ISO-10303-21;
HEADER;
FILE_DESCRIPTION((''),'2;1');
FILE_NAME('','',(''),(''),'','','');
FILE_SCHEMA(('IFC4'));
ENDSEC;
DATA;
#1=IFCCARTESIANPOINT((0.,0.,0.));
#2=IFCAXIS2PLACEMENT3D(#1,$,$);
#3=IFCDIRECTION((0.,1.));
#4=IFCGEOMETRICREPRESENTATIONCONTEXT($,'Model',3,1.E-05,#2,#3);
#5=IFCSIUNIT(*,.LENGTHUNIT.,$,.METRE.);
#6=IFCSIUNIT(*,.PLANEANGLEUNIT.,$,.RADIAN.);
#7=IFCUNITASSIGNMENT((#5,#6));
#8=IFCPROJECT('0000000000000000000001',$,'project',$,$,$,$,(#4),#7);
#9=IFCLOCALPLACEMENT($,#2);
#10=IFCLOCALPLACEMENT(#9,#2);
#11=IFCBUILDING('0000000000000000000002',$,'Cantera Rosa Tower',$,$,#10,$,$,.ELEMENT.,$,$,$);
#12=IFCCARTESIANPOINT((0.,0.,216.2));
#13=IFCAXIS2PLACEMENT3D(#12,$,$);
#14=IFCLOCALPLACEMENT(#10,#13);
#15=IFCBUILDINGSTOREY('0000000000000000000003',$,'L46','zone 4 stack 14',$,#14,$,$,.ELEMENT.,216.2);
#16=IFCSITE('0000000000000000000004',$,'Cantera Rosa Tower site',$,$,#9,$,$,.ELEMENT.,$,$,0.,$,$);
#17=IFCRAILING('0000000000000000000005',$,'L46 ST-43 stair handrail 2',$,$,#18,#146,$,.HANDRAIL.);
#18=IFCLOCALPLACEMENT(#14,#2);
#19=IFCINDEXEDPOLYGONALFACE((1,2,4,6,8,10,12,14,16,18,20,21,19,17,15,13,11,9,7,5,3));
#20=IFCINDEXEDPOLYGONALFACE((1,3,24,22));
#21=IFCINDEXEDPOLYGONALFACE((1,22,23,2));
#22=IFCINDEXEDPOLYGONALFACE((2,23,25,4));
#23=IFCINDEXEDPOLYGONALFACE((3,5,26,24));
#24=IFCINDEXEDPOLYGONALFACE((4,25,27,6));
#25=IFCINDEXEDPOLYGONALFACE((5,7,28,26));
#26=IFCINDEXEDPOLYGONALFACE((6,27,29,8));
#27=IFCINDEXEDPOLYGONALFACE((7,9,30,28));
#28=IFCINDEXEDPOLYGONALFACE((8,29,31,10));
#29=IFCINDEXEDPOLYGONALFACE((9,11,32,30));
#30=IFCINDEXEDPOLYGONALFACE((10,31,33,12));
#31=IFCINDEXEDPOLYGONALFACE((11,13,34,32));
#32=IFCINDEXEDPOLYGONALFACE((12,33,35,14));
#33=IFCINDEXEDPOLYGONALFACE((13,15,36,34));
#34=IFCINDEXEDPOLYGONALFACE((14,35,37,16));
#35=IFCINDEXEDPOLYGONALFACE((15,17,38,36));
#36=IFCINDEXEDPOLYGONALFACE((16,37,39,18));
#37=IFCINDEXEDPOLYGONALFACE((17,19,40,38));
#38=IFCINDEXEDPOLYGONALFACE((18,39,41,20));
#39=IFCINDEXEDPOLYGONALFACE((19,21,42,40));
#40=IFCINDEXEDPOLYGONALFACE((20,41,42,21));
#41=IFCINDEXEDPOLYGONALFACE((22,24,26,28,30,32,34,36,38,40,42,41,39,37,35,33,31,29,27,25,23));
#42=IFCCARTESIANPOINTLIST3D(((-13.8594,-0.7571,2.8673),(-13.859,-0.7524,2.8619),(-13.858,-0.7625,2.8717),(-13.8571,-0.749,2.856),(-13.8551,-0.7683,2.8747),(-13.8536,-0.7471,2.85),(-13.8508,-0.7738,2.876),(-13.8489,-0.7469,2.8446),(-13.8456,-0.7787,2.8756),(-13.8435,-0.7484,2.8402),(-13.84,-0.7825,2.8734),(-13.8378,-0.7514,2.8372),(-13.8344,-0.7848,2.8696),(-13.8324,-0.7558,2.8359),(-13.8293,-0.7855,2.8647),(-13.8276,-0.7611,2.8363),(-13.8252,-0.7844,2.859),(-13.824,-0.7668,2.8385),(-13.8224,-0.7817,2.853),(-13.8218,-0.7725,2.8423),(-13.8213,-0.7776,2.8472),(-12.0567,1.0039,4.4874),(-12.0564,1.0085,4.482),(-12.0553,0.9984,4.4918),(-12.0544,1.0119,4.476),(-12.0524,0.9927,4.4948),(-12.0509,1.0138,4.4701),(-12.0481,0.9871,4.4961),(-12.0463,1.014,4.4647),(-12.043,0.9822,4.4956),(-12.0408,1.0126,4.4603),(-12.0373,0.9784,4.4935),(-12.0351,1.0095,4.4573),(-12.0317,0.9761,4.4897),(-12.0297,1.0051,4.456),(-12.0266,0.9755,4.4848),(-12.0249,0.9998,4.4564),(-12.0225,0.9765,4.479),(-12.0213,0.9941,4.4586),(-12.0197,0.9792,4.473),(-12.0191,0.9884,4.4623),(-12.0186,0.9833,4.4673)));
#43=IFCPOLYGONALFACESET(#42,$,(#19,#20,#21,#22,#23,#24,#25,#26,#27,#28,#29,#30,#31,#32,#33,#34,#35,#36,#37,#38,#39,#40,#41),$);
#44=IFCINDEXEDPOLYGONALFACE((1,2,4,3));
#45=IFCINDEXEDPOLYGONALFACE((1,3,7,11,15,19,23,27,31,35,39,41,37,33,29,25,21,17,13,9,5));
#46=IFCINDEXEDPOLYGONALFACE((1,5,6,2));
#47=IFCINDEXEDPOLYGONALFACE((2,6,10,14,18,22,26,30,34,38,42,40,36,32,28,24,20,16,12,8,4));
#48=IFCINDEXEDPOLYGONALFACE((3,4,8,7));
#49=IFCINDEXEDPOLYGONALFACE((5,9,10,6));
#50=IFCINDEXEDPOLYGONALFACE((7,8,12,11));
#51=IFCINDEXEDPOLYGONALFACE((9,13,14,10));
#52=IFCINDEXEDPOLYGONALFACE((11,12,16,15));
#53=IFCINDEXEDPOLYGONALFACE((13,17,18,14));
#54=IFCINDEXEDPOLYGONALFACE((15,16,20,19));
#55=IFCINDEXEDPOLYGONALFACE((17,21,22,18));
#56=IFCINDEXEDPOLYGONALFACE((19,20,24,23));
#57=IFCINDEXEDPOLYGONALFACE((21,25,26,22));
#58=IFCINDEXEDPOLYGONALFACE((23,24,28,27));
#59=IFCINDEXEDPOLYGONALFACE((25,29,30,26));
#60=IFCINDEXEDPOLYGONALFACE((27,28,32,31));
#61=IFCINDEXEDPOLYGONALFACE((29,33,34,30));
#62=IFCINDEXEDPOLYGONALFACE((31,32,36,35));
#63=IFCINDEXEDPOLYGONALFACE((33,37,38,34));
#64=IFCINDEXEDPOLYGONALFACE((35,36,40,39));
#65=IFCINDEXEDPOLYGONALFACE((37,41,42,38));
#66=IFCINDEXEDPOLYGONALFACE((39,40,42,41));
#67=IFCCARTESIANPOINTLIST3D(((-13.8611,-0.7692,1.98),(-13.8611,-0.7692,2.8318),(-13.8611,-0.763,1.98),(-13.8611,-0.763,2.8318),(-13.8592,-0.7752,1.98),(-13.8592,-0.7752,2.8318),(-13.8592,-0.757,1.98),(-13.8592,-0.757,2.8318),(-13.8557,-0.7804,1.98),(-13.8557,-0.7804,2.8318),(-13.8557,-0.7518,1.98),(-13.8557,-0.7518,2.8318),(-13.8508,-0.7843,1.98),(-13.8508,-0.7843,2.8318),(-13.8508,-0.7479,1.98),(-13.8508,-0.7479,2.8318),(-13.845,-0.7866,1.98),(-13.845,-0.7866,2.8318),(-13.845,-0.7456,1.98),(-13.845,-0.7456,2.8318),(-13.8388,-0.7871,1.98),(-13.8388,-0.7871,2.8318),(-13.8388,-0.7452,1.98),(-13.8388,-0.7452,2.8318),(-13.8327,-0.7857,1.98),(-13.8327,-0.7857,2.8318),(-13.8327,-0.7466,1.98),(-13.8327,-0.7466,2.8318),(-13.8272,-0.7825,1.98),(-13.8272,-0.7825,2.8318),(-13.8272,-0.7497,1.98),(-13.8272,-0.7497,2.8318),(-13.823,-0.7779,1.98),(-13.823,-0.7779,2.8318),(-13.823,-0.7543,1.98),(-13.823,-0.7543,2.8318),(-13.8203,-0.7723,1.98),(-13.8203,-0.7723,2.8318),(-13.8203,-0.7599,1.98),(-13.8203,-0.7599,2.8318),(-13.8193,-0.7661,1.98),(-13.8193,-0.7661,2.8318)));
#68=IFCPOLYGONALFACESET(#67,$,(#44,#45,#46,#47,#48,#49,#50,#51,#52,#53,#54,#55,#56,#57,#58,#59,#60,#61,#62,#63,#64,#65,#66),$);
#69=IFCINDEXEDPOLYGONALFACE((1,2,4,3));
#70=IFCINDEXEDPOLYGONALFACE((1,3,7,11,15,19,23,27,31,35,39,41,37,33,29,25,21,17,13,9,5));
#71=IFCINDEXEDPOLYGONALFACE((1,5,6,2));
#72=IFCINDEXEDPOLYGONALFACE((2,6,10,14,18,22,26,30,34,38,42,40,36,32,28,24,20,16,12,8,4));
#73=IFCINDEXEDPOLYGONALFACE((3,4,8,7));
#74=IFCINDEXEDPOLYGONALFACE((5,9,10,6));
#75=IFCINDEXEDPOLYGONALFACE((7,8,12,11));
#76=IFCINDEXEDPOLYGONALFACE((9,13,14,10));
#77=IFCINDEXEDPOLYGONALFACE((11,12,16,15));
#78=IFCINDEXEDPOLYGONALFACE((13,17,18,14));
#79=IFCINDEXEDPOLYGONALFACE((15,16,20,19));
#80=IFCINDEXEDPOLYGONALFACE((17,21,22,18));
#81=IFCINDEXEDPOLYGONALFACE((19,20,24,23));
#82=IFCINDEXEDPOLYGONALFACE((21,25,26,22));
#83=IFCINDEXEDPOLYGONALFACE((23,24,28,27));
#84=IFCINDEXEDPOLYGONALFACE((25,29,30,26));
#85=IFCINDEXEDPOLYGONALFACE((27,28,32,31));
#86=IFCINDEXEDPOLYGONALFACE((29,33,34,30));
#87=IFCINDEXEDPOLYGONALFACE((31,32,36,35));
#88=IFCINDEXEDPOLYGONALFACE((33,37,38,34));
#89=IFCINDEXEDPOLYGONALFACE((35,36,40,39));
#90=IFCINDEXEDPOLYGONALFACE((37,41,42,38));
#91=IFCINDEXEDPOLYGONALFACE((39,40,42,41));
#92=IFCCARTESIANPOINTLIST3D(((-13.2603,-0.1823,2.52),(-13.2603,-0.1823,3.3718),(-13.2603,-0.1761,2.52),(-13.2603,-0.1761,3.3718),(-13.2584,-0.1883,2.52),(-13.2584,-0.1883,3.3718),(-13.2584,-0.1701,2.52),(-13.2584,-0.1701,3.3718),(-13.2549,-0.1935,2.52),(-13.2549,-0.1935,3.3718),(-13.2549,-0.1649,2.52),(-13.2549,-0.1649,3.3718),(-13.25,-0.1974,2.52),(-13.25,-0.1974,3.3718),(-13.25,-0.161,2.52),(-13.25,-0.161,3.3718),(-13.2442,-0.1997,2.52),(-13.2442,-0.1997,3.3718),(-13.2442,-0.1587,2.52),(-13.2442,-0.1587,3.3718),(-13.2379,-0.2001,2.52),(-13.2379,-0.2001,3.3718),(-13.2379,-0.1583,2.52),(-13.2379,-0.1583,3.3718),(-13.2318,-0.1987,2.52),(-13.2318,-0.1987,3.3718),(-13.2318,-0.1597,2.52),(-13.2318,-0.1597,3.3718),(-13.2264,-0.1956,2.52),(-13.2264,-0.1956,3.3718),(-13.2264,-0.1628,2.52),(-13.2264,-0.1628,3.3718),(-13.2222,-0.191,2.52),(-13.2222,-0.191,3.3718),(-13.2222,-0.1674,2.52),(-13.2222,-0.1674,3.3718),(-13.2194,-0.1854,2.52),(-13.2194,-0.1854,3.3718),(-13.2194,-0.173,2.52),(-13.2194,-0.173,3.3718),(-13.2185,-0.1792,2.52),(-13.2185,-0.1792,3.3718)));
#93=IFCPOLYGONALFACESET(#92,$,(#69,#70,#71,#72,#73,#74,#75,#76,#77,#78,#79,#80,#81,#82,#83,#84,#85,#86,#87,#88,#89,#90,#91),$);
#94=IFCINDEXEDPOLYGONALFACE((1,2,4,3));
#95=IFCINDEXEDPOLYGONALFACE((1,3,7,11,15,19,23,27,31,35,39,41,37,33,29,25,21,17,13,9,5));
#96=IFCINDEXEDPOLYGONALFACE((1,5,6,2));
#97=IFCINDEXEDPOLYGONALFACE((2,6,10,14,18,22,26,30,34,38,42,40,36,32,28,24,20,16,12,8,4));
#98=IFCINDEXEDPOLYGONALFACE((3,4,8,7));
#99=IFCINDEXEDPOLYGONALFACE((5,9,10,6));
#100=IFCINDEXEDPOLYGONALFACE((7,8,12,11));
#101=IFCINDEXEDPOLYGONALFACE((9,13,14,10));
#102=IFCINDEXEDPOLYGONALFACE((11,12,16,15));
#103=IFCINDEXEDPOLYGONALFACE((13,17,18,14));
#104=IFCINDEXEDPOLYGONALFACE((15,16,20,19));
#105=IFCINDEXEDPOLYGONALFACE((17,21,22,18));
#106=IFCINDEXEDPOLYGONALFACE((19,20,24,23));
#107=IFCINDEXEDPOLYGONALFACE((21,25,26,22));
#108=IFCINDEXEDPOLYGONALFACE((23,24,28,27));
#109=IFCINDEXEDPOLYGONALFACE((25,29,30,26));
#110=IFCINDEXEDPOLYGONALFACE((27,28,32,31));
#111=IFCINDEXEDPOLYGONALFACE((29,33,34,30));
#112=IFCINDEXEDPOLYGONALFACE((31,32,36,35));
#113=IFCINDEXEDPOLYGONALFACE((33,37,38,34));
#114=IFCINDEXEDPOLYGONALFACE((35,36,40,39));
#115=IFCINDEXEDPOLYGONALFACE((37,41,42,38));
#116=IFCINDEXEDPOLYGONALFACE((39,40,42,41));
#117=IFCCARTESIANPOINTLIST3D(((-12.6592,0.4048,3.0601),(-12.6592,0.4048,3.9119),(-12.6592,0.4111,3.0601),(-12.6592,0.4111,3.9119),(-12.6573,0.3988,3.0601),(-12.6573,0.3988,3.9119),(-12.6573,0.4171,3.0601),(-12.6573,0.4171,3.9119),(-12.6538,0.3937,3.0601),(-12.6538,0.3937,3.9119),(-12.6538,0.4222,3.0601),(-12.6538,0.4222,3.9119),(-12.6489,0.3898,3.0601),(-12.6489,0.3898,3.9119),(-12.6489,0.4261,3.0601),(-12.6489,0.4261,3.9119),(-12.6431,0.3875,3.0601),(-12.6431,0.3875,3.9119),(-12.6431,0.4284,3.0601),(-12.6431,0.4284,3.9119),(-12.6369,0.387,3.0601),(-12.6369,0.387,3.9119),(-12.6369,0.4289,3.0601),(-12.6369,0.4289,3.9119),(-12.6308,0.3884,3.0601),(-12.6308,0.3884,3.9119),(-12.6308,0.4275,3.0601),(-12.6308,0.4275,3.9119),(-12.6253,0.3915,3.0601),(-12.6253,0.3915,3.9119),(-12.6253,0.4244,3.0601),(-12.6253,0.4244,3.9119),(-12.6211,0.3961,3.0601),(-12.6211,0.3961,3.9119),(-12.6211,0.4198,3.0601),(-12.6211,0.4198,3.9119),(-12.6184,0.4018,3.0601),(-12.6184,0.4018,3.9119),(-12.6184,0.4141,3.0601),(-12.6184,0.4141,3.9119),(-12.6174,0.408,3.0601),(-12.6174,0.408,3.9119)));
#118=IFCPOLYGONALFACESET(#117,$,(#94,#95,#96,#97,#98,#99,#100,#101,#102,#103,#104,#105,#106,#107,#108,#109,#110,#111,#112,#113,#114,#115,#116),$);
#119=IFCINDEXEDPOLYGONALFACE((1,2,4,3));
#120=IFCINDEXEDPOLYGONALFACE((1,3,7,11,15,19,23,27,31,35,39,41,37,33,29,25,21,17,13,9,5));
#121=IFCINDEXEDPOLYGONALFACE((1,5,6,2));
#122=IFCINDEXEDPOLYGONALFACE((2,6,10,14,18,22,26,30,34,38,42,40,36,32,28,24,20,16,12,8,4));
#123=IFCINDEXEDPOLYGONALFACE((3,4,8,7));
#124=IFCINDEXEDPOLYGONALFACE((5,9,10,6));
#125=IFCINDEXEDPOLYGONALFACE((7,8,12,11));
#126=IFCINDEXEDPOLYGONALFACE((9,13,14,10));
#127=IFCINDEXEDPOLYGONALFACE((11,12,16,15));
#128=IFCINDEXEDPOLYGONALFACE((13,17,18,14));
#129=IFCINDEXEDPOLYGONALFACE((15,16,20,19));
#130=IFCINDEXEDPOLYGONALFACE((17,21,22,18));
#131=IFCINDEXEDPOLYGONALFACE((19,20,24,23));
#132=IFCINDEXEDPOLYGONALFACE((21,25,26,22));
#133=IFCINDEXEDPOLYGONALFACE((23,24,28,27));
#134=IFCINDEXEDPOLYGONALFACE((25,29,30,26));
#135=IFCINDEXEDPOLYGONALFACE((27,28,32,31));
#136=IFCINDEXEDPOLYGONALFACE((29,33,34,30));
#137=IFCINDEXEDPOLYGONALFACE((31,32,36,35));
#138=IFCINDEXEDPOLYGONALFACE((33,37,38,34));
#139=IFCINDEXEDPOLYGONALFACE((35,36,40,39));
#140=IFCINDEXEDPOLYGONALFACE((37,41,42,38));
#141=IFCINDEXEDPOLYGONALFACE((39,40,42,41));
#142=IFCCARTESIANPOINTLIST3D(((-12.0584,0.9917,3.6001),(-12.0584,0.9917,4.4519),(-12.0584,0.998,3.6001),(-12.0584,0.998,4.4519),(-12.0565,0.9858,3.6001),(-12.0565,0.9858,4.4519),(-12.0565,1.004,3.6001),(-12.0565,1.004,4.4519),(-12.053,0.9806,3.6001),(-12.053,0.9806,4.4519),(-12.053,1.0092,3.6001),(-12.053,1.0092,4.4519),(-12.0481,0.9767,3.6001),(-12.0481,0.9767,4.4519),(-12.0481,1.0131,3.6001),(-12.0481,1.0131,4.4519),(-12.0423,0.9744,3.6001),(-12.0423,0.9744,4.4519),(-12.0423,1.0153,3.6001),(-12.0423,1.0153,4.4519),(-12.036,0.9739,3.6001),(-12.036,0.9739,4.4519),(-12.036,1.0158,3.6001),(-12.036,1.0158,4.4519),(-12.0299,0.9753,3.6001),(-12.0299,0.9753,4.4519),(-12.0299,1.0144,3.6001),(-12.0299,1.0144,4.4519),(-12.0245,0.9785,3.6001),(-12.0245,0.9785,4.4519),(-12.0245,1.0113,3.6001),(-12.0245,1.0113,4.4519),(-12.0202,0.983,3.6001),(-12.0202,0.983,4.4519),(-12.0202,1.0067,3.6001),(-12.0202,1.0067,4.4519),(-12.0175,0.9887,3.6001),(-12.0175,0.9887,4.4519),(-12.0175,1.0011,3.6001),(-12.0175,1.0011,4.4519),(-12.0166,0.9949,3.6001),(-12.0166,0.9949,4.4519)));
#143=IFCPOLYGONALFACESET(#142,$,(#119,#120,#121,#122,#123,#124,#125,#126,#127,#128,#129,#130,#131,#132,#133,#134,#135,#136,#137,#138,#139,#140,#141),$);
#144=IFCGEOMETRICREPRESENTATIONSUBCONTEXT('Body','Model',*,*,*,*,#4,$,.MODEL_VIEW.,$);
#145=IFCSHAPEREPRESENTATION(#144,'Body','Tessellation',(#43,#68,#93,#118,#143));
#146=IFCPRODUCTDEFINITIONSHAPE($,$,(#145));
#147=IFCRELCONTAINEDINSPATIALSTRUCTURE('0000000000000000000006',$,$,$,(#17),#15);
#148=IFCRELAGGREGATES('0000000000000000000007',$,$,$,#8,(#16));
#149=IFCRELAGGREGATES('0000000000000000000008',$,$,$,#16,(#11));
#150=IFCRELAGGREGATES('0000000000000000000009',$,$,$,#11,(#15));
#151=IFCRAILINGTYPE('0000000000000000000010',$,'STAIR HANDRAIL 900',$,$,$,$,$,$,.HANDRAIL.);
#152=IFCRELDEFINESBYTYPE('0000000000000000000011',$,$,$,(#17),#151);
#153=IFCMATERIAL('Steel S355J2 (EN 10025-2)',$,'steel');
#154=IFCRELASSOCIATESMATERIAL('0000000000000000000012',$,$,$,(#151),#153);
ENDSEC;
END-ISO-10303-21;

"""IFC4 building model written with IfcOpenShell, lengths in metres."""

from ifc_helpers import new_model, si_unit, direction, frame, origin, origin_2d, place, context, subcontext, project, spatial, circle, extrude, material, type_object, element, save


model = new_model("IFC4")

# Units and contexts
model_context = context("Model", 3, precision=1e-05, world=origin(), true_north=direction((0.0, 1.0)))
body_context = subcontext(model_context, "Body", "Model", "MODEL_VIEW")
ifc_project = project(units=[si_unit("LENGTHUNIT", "METRE"), si_unit("PLANEANGLEUNIT", "RADIAN")], contexts=[model_context])

# Site, building, storey
site_placement = place(None, origin())
site = spatial("IfcSite", under=ifc_project, at=site_placement, Name="Cantera Rosa Tower site", CompositionType="ELEMENT", RefElevation=0.0)
building_placement = place(site_placement, origin())
building = spatial("IfcBuilding", under=site, at=building_placement, Name="Cantera Rosa Tower", CompositionType="ELEMENT")
storey_placement = place(building_placement, frame((0.0, 0.0, 216.2)))
storey = spatial("IfcBuildingStorey", under=building, at=storey_placement, Name="L46", Description="zone 4 stack 14", CompositionType="ELEMENT", Elevation=216.2)

# Railing
ifc_material_1 = material(Name="Steel S355J2 (EN 10025-2)", Category="steel")
railing_type_1 = type_object("IfcRailingType", Name="STAIR HANDRAIL 900", PredefinedType="HANDRAIL", material=ifc_material_1)
railing_1_placement = place(storey_placement, frame((-13.8403, -0.7661, 1.98)))
element("IfcRailing", 1, at=railing_1_placement, inside=storey, type_object=railing_type_1, Name="L46 ST-43 stair handrail 2", PredefinedType="HANDRAIL", context=body_context, shape_type="SweptSolid", body=[
    extrude(circle(Radius=0.0239, at=origin_2d()), frame((0.0, 0.0, 0.876), z_axis=(0.601724, 0.587789, 0.540769), x_axis=(-0.698775, 0.715341, 0.0)), (0.0, 0.0, 1.0), 2.9958),
    extrude(circle(Radius=0.021, at=origin_2d()), origin(), (0.0, 0.0, 1.0), 0.8518),
    extrude(circle(Radius=0.021, at=origin_2d()), frame((0.6008, 0.5869, 0.54)), (0.0, 0.0, 1.0), 0.8518),
    extrude(circle(Radius=0.021, at=origin_2d()), frame((1.2019, 1.1741, 1.0801)), (0.0, 0.0, 1.0), 0.8518),
    extrude(circle(Radius=0.021, at=origin_2d()), frame((1.8027, 1.761, 1.6201)), (0.0, 0.0, 1.0), 0.8518),
])

save(model, "model.ifc")
